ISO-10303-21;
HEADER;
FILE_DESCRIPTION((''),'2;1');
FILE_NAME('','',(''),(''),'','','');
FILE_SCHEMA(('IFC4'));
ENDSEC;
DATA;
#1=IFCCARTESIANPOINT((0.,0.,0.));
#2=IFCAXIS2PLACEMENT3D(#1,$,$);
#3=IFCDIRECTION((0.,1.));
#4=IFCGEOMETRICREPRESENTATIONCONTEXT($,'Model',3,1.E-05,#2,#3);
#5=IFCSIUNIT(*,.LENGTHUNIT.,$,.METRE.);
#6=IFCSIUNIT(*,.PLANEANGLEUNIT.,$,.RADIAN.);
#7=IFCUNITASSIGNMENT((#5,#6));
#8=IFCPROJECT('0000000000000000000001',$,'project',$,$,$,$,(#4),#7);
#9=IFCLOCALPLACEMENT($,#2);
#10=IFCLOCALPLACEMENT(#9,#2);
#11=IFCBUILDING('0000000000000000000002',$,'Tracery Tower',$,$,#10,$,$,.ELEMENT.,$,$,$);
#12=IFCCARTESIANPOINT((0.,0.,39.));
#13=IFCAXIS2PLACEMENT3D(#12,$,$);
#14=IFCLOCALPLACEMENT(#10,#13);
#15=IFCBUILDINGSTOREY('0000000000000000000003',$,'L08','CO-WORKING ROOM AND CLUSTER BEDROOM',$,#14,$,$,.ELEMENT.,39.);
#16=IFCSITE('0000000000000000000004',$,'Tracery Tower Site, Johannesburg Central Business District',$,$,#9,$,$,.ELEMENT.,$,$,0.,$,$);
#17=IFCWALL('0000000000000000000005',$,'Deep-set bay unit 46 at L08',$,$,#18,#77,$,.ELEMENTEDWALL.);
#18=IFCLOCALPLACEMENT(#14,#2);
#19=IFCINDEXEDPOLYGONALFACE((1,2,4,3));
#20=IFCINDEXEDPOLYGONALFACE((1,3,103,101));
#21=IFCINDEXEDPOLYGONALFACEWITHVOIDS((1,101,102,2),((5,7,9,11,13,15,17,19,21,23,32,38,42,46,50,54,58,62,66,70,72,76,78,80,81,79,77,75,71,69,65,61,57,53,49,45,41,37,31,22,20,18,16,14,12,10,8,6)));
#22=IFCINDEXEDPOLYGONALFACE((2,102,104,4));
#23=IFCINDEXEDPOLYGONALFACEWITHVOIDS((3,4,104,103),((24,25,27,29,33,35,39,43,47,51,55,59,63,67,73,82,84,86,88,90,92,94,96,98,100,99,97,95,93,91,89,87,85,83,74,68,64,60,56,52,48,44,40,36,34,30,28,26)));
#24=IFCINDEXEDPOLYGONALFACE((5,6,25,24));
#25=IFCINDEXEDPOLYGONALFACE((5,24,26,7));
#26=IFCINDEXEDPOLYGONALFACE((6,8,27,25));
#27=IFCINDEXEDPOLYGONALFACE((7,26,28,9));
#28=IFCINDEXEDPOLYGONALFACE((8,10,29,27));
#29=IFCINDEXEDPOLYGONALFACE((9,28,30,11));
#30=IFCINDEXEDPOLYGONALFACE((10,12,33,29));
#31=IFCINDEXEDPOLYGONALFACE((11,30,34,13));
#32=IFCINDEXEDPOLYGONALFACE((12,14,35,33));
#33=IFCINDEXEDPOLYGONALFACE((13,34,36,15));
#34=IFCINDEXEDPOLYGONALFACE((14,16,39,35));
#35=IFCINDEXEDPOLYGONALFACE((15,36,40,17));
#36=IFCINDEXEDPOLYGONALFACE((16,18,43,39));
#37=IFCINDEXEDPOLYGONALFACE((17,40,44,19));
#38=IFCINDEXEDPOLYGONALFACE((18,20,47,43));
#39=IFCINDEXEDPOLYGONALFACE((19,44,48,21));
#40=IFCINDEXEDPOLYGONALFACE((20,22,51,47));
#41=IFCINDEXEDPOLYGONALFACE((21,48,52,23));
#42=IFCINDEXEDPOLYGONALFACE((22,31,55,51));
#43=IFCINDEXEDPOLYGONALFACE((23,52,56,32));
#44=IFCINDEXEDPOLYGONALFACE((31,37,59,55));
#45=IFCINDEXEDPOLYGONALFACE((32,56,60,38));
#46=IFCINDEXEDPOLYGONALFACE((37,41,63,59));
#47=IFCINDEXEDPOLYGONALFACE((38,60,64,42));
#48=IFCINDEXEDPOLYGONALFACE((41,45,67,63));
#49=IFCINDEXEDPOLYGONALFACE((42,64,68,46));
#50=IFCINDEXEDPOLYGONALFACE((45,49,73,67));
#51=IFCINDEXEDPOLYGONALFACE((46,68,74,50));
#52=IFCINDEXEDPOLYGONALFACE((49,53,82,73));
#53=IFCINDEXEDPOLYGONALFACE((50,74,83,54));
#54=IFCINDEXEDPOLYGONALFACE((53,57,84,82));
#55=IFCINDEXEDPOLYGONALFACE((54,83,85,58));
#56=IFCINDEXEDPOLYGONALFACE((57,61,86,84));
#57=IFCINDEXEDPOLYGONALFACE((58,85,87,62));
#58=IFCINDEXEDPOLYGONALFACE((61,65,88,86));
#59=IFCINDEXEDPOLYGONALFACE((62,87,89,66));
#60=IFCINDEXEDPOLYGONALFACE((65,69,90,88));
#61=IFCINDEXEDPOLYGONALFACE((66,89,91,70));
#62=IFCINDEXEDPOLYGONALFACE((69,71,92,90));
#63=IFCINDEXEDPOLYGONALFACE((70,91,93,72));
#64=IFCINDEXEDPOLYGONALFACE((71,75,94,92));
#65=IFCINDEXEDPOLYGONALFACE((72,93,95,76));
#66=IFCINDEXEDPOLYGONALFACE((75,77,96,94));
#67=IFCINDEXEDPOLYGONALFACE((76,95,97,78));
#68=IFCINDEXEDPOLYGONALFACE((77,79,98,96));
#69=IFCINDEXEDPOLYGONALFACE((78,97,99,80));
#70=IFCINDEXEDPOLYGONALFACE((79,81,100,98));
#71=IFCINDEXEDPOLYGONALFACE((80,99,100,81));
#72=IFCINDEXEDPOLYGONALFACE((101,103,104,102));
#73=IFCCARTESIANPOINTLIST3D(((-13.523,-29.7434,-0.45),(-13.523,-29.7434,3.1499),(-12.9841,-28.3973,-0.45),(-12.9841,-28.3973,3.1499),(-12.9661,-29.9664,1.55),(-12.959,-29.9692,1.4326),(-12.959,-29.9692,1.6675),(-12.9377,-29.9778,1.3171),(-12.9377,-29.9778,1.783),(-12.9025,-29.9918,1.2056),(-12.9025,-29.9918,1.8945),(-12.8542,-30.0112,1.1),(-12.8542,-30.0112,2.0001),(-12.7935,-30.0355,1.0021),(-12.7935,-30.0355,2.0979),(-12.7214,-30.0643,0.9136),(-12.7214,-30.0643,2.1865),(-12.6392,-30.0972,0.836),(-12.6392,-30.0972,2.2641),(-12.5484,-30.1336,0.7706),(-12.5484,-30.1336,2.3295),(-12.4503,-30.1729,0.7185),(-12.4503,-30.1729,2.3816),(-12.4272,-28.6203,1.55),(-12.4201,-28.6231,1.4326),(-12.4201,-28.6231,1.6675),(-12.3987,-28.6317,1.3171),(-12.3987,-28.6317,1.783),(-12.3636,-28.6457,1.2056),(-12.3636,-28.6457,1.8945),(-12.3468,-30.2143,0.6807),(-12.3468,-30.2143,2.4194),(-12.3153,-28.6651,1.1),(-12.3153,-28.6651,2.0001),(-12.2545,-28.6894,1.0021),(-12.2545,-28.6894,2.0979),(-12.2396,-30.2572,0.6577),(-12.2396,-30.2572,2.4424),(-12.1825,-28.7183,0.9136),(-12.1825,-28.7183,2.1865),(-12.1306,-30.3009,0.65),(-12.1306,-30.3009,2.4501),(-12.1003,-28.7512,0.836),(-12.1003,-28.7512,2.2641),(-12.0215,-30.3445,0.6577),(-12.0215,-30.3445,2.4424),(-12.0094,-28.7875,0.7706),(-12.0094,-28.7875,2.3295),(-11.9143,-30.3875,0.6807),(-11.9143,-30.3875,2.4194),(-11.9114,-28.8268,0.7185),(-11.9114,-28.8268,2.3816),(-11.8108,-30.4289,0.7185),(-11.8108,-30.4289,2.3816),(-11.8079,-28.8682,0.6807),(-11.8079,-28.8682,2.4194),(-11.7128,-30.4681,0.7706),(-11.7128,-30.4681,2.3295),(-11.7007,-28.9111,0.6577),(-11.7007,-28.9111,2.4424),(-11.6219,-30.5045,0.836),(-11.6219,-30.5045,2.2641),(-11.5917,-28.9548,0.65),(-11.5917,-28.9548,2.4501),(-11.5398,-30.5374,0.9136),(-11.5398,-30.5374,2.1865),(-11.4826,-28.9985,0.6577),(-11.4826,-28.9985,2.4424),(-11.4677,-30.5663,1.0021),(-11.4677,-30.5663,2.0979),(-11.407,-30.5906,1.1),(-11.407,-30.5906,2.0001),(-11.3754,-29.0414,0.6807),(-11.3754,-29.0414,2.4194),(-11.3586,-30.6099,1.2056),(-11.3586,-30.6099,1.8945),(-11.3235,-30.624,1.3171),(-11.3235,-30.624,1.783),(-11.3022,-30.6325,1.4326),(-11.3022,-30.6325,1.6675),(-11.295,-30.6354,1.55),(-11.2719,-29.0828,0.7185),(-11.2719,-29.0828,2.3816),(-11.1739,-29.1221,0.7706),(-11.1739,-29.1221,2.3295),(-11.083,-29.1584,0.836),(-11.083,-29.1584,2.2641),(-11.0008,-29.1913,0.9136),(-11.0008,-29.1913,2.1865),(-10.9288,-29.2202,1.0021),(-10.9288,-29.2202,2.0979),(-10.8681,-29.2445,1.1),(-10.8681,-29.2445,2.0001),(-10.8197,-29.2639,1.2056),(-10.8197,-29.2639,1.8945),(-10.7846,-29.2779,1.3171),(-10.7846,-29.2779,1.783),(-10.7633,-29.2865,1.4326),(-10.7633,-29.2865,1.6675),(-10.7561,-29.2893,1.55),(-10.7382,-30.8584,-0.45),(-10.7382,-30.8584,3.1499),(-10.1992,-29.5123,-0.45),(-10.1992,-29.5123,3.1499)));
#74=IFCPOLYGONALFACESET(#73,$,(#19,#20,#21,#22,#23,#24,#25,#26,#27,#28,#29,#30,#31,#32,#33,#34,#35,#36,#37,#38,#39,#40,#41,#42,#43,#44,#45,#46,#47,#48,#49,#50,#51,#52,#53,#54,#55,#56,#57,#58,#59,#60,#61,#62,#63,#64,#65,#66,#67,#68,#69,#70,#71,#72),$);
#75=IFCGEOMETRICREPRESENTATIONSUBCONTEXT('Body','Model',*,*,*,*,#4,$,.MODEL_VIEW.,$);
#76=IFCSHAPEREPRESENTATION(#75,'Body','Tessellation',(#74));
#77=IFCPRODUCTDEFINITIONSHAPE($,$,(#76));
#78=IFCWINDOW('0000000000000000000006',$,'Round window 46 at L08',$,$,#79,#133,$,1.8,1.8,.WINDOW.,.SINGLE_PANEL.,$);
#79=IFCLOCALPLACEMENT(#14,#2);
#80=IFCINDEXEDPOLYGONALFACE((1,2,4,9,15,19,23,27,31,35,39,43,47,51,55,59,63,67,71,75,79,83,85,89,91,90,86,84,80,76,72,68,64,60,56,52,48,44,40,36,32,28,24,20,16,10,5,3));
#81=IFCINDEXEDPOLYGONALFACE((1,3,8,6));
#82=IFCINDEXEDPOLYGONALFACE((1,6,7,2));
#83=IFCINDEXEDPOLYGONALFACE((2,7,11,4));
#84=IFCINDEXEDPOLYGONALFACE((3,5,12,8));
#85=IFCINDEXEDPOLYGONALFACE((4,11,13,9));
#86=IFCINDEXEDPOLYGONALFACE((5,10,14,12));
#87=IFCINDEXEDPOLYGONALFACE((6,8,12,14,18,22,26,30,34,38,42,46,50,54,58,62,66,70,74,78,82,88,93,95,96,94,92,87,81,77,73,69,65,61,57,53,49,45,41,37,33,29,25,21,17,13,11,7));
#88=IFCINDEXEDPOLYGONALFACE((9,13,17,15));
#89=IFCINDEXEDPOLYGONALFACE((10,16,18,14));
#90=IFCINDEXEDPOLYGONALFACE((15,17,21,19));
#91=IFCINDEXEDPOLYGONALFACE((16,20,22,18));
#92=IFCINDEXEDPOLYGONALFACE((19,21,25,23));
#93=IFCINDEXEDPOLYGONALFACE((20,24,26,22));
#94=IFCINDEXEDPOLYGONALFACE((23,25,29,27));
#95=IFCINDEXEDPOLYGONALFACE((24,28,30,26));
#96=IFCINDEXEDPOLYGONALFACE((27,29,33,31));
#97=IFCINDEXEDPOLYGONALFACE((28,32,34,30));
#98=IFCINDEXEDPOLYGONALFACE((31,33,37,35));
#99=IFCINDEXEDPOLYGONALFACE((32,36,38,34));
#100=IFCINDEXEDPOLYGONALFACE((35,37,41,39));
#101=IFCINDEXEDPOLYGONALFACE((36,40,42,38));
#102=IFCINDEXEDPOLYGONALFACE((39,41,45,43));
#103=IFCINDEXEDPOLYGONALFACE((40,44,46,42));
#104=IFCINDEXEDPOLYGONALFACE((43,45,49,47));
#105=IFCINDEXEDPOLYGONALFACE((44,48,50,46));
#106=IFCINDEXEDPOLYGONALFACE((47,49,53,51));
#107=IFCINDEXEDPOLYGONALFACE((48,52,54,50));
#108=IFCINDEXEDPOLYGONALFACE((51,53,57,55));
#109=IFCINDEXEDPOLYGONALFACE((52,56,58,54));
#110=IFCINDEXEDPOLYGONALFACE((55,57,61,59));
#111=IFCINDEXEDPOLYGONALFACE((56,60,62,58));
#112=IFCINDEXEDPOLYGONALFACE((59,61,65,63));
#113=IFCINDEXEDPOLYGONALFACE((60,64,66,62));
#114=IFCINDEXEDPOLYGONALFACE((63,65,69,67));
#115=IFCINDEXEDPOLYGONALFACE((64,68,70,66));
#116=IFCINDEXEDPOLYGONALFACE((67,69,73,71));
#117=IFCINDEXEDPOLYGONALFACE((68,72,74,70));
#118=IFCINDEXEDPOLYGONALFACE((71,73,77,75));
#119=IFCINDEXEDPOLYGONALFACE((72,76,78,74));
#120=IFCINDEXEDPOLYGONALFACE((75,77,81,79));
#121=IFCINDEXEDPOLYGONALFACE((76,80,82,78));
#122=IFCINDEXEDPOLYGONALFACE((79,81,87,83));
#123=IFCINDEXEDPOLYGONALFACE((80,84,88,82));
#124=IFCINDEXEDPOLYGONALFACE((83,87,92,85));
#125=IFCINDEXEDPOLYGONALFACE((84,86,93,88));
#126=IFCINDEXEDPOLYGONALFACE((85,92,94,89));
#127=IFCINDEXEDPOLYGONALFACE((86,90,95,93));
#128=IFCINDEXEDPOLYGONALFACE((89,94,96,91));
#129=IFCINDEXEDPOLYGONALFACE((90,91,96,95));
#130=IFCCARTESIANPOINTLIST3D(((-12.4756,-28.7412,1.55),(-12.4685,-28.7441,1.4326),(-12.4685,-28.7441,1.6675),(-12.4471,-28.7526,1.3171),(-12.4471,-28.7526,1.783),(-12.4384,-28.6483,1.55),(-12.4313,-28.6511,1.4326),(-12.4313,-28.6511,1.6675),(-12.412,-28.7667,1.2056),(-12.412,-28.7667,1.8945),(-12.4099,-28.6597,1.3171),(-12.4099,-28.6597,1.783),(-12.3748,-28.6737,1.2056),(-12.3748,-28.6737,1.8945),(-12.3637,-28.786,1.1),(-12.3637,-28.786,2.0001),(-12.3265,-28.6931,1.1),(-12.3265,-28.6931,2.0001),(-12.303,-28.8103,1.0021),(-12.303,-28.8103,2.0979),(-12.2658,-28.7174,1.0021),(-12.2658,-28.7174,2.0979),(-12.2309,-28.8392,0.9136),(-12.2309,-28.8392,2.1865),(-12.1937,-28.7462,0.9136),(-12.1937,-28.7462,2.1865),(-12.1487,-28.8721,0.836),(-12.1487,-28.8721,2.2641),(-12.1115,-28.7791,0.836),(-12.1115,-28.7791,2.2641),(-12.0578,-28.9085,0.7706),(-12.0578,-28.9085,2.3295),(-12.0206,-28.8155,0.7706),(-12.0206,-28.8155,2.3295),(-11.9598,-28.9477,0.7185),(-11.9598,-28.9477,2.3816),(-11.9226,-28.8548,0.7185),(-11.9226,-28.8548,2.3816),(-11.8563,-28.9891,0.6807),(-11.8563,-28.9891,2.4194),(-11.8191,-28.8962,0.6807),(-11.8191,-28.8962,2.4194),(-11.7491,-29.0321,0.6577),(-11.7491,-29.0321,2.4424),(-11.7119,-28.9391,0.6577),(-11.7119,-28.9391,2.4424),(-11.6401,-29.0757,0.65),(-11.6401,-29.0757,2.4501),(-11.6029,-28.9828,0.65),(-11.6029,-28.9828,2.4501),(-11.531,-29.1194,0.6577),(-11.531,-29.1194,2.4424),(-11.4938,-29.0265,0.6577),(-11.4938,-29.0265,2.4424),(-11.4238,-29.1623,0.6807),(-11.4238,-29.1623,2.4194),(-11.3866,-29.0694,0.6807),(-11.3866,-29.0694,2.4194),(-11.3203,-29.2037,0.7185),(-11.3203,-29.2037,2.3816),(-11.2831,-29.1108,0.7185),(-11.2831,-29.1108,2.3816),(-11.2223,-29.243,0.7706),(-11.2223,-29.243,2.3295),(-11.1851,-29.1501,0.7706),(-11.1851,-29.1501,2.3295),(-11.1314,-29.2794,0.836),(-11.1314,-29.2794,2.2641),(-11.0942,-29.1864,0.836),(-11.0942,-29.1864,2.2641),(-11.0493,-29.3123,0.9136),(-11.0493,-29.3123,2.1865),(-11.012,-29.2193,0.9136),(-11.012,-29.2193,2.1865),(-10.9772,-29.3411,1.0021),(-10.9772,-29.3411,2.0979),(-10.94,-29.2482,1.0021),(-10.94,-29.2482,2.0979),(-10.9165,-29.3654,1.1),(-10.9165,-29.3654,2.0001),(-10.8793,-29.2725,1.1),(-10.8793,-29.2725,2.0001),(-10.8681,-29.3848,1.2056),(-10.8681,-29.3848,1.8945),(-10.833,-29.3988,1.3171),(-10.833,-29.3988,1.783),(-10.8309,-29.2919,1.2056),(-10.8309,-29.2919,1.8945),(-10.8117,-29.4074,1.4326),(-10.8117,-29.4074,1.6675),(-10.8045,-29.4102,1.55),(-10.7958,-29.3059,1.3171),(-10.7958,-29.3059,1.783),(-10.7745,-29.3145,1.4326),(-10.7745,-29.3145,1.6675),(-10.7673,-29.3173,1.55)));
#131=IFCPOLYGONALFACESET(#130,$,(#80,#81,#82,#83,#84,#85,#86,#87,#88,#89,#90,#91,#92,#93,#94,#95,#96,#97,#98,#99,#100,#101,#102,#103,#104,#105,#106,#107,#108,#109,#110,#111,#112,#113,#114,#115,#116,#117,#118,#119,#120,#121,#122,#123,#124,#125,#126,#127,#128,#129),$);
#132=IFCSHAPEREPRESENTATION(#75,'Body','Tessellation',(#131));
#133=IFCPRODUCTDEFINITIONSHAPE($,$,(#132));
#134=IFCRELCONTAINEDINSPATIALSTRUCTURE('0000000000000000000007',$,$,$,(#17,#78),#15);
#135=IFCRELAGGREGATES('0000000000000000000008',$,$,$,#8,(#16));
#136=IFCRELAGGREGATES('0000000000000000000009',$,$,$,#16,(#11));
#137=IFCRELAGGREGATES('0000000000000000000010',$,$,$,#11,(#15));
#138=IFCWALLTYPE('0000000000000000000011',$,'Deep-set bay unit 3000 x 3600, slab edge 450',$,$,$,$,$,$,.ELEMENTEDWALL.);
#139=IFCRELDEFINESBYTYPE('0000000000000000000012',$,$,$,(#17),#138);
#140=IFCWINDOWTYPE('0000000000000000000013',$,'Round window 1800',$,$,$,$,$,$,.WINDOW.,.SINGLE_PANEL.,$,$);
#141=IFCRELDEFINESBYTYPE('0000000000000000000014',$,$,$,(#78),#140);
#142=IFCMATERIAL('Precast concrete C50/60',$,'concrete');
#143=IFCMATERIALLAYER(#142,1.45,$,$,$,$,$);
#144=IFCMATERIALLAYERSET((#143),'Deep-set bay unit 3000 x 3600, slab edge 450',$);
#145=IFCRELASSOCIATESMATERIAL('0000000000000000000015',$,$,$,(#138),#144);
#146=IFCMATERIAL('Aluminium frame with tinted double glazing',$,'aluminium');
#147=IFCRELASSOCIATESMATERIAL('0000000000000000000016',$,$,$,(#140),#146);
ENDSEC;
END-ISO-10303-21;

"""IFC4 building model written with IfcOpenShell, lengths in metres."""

from ifc_helpers import new_model, si_unit, direction, frame, frame_2d, origin, origin_2d, place, context, subcontext, project, spatial, rectangle, circle, extrude, material, layer, layer_set, type_object, element, fill, save


model = new_model("IFC4")

# Units and contexts
model_context = context("Model", 3, precision=1e-05, world=origin(), true_north=direction((0.0, 1.0)))
body_context = subcontext(model_context, "Body", "Model", "MODEL_VIEW")
ifc_project = project(units=[si_unit("LENGTHUNIT", "METRE"), si_unit("PLANEANGLEUNIT", "RADIAN")], contexts=[model_context])

# Site, building, storey
site_placement = place(None, origin())
site = spatial("IfcSite", under=ifc_project, at=site_placement, Name="Tracery Tower Site, Johannesburg Central Business District", CompositionType="ELEMENT", RefElevation=0.0)
building_placement = place(site_placement, origin())
building = spatial("IfcBuilding", under=site, at=building_placement, Name="Tracery Tower", CompositionType="ELEMENT")
storey_placement = place(building_placement, frame((0.0, 0.0, 39.0)))
storey = spatial("IfcBuildingStorey", under=building, at=storey_placement, Name="L08", Description="CO-WORKING ROOM AND CLUSTER BEDROOM", CompositionType="ELEMENT", Elevation=39.0)

# Wall, opening, window
ifc_material_1 = material(Name="Precast concrete C50/60", Category="concrete")
ifc_layer_1 = layer(ifc_material_1, 1.45)
ifc_layer_set_1 = layer_set([ifc_layer_1], Name="Deep-set bay unit 3000 x 3600, slab edge 450")
wall_type_1 = type_object("IfcWallType", Name="Deep-set bay unit 3000 x 3600, slab edge 450", PredefinedType="ELEMENTEDWALL", material=ifc_layer_set_1)
wall_1_placement = place(storey_placement, frame((-13.2537, -29.0703, -0.45), z_axis=(0.0, 0.0, 1.0), x_axis=(0.928359, -0.371685, 0.0)))
wall_1 = element("IfcWall", 1, at=wall_1_placement, inside=storey, type_object=wall_type_1, Name="Deep-set bay unit 46 at L08", PredefinedType="ELEMENTEDWALL", context=body_context, shape_type="SweptSolid", body=[
    extrude(rectangle(XDim=2.9998, YDim=1.45, at=frame_2d((1.5, 0.0))), origin(), (0.0, 0.0, 1.0), 3.5999),
])
opening_1_placement = place(wall_1_placement, frame((1.5, 0.0, 2.0)))
opening_1 = element("IfcOpeningElement", 2, at=opening_1_placement, cuts=wall_1, PredefinedType="OPENING", context=body_context, shape_type="SweptSolid", body=[
    extrude(circle(Radius=0.9, at=origin_2d()), frame((0.0, 0.7349, 0.0), z_axis=(0.0, -1.0, 0.0), x_axis=(1.0, 0.0, 0.0)), (0.0, 0.0, 1.0), 1.47),
])
ifc_material_2 = material(Name="Aluminium frame with tinted double glazing", Category="aluminium")
window_type = type_object("IfcWindowType", Name="Round window 1800", PartitioningType="SINGLE_PANEL", PredefinedType="WINDOW", material=ifc_material_2)
window_1_placement = place(opening_1_placement, origin())
window_1 = element("IfcWindow", 3, at=window_1_placement, inside=storey, type_object=window_type, Name="Round window 46 at L08", OverallHeight=1.8, OverallWidth=1.8, PartitioningType="SINGLE_PANEL", PredefinedType="WINDOW", context=body_context, shape_type="SweptSolid", body=[
    extrude(circle(Radius=0.9, at=origin_2d()), frame((0.0, 0.6948, 0.0), z_axis=(0.0, -1.0, 0.0), x_axis=(1.0, 0.0, 0.0)), (0.0, 0.0, 1.0), 0.1001),
])
fill(opening_1, window_1)

save(model, "model.ifc")
